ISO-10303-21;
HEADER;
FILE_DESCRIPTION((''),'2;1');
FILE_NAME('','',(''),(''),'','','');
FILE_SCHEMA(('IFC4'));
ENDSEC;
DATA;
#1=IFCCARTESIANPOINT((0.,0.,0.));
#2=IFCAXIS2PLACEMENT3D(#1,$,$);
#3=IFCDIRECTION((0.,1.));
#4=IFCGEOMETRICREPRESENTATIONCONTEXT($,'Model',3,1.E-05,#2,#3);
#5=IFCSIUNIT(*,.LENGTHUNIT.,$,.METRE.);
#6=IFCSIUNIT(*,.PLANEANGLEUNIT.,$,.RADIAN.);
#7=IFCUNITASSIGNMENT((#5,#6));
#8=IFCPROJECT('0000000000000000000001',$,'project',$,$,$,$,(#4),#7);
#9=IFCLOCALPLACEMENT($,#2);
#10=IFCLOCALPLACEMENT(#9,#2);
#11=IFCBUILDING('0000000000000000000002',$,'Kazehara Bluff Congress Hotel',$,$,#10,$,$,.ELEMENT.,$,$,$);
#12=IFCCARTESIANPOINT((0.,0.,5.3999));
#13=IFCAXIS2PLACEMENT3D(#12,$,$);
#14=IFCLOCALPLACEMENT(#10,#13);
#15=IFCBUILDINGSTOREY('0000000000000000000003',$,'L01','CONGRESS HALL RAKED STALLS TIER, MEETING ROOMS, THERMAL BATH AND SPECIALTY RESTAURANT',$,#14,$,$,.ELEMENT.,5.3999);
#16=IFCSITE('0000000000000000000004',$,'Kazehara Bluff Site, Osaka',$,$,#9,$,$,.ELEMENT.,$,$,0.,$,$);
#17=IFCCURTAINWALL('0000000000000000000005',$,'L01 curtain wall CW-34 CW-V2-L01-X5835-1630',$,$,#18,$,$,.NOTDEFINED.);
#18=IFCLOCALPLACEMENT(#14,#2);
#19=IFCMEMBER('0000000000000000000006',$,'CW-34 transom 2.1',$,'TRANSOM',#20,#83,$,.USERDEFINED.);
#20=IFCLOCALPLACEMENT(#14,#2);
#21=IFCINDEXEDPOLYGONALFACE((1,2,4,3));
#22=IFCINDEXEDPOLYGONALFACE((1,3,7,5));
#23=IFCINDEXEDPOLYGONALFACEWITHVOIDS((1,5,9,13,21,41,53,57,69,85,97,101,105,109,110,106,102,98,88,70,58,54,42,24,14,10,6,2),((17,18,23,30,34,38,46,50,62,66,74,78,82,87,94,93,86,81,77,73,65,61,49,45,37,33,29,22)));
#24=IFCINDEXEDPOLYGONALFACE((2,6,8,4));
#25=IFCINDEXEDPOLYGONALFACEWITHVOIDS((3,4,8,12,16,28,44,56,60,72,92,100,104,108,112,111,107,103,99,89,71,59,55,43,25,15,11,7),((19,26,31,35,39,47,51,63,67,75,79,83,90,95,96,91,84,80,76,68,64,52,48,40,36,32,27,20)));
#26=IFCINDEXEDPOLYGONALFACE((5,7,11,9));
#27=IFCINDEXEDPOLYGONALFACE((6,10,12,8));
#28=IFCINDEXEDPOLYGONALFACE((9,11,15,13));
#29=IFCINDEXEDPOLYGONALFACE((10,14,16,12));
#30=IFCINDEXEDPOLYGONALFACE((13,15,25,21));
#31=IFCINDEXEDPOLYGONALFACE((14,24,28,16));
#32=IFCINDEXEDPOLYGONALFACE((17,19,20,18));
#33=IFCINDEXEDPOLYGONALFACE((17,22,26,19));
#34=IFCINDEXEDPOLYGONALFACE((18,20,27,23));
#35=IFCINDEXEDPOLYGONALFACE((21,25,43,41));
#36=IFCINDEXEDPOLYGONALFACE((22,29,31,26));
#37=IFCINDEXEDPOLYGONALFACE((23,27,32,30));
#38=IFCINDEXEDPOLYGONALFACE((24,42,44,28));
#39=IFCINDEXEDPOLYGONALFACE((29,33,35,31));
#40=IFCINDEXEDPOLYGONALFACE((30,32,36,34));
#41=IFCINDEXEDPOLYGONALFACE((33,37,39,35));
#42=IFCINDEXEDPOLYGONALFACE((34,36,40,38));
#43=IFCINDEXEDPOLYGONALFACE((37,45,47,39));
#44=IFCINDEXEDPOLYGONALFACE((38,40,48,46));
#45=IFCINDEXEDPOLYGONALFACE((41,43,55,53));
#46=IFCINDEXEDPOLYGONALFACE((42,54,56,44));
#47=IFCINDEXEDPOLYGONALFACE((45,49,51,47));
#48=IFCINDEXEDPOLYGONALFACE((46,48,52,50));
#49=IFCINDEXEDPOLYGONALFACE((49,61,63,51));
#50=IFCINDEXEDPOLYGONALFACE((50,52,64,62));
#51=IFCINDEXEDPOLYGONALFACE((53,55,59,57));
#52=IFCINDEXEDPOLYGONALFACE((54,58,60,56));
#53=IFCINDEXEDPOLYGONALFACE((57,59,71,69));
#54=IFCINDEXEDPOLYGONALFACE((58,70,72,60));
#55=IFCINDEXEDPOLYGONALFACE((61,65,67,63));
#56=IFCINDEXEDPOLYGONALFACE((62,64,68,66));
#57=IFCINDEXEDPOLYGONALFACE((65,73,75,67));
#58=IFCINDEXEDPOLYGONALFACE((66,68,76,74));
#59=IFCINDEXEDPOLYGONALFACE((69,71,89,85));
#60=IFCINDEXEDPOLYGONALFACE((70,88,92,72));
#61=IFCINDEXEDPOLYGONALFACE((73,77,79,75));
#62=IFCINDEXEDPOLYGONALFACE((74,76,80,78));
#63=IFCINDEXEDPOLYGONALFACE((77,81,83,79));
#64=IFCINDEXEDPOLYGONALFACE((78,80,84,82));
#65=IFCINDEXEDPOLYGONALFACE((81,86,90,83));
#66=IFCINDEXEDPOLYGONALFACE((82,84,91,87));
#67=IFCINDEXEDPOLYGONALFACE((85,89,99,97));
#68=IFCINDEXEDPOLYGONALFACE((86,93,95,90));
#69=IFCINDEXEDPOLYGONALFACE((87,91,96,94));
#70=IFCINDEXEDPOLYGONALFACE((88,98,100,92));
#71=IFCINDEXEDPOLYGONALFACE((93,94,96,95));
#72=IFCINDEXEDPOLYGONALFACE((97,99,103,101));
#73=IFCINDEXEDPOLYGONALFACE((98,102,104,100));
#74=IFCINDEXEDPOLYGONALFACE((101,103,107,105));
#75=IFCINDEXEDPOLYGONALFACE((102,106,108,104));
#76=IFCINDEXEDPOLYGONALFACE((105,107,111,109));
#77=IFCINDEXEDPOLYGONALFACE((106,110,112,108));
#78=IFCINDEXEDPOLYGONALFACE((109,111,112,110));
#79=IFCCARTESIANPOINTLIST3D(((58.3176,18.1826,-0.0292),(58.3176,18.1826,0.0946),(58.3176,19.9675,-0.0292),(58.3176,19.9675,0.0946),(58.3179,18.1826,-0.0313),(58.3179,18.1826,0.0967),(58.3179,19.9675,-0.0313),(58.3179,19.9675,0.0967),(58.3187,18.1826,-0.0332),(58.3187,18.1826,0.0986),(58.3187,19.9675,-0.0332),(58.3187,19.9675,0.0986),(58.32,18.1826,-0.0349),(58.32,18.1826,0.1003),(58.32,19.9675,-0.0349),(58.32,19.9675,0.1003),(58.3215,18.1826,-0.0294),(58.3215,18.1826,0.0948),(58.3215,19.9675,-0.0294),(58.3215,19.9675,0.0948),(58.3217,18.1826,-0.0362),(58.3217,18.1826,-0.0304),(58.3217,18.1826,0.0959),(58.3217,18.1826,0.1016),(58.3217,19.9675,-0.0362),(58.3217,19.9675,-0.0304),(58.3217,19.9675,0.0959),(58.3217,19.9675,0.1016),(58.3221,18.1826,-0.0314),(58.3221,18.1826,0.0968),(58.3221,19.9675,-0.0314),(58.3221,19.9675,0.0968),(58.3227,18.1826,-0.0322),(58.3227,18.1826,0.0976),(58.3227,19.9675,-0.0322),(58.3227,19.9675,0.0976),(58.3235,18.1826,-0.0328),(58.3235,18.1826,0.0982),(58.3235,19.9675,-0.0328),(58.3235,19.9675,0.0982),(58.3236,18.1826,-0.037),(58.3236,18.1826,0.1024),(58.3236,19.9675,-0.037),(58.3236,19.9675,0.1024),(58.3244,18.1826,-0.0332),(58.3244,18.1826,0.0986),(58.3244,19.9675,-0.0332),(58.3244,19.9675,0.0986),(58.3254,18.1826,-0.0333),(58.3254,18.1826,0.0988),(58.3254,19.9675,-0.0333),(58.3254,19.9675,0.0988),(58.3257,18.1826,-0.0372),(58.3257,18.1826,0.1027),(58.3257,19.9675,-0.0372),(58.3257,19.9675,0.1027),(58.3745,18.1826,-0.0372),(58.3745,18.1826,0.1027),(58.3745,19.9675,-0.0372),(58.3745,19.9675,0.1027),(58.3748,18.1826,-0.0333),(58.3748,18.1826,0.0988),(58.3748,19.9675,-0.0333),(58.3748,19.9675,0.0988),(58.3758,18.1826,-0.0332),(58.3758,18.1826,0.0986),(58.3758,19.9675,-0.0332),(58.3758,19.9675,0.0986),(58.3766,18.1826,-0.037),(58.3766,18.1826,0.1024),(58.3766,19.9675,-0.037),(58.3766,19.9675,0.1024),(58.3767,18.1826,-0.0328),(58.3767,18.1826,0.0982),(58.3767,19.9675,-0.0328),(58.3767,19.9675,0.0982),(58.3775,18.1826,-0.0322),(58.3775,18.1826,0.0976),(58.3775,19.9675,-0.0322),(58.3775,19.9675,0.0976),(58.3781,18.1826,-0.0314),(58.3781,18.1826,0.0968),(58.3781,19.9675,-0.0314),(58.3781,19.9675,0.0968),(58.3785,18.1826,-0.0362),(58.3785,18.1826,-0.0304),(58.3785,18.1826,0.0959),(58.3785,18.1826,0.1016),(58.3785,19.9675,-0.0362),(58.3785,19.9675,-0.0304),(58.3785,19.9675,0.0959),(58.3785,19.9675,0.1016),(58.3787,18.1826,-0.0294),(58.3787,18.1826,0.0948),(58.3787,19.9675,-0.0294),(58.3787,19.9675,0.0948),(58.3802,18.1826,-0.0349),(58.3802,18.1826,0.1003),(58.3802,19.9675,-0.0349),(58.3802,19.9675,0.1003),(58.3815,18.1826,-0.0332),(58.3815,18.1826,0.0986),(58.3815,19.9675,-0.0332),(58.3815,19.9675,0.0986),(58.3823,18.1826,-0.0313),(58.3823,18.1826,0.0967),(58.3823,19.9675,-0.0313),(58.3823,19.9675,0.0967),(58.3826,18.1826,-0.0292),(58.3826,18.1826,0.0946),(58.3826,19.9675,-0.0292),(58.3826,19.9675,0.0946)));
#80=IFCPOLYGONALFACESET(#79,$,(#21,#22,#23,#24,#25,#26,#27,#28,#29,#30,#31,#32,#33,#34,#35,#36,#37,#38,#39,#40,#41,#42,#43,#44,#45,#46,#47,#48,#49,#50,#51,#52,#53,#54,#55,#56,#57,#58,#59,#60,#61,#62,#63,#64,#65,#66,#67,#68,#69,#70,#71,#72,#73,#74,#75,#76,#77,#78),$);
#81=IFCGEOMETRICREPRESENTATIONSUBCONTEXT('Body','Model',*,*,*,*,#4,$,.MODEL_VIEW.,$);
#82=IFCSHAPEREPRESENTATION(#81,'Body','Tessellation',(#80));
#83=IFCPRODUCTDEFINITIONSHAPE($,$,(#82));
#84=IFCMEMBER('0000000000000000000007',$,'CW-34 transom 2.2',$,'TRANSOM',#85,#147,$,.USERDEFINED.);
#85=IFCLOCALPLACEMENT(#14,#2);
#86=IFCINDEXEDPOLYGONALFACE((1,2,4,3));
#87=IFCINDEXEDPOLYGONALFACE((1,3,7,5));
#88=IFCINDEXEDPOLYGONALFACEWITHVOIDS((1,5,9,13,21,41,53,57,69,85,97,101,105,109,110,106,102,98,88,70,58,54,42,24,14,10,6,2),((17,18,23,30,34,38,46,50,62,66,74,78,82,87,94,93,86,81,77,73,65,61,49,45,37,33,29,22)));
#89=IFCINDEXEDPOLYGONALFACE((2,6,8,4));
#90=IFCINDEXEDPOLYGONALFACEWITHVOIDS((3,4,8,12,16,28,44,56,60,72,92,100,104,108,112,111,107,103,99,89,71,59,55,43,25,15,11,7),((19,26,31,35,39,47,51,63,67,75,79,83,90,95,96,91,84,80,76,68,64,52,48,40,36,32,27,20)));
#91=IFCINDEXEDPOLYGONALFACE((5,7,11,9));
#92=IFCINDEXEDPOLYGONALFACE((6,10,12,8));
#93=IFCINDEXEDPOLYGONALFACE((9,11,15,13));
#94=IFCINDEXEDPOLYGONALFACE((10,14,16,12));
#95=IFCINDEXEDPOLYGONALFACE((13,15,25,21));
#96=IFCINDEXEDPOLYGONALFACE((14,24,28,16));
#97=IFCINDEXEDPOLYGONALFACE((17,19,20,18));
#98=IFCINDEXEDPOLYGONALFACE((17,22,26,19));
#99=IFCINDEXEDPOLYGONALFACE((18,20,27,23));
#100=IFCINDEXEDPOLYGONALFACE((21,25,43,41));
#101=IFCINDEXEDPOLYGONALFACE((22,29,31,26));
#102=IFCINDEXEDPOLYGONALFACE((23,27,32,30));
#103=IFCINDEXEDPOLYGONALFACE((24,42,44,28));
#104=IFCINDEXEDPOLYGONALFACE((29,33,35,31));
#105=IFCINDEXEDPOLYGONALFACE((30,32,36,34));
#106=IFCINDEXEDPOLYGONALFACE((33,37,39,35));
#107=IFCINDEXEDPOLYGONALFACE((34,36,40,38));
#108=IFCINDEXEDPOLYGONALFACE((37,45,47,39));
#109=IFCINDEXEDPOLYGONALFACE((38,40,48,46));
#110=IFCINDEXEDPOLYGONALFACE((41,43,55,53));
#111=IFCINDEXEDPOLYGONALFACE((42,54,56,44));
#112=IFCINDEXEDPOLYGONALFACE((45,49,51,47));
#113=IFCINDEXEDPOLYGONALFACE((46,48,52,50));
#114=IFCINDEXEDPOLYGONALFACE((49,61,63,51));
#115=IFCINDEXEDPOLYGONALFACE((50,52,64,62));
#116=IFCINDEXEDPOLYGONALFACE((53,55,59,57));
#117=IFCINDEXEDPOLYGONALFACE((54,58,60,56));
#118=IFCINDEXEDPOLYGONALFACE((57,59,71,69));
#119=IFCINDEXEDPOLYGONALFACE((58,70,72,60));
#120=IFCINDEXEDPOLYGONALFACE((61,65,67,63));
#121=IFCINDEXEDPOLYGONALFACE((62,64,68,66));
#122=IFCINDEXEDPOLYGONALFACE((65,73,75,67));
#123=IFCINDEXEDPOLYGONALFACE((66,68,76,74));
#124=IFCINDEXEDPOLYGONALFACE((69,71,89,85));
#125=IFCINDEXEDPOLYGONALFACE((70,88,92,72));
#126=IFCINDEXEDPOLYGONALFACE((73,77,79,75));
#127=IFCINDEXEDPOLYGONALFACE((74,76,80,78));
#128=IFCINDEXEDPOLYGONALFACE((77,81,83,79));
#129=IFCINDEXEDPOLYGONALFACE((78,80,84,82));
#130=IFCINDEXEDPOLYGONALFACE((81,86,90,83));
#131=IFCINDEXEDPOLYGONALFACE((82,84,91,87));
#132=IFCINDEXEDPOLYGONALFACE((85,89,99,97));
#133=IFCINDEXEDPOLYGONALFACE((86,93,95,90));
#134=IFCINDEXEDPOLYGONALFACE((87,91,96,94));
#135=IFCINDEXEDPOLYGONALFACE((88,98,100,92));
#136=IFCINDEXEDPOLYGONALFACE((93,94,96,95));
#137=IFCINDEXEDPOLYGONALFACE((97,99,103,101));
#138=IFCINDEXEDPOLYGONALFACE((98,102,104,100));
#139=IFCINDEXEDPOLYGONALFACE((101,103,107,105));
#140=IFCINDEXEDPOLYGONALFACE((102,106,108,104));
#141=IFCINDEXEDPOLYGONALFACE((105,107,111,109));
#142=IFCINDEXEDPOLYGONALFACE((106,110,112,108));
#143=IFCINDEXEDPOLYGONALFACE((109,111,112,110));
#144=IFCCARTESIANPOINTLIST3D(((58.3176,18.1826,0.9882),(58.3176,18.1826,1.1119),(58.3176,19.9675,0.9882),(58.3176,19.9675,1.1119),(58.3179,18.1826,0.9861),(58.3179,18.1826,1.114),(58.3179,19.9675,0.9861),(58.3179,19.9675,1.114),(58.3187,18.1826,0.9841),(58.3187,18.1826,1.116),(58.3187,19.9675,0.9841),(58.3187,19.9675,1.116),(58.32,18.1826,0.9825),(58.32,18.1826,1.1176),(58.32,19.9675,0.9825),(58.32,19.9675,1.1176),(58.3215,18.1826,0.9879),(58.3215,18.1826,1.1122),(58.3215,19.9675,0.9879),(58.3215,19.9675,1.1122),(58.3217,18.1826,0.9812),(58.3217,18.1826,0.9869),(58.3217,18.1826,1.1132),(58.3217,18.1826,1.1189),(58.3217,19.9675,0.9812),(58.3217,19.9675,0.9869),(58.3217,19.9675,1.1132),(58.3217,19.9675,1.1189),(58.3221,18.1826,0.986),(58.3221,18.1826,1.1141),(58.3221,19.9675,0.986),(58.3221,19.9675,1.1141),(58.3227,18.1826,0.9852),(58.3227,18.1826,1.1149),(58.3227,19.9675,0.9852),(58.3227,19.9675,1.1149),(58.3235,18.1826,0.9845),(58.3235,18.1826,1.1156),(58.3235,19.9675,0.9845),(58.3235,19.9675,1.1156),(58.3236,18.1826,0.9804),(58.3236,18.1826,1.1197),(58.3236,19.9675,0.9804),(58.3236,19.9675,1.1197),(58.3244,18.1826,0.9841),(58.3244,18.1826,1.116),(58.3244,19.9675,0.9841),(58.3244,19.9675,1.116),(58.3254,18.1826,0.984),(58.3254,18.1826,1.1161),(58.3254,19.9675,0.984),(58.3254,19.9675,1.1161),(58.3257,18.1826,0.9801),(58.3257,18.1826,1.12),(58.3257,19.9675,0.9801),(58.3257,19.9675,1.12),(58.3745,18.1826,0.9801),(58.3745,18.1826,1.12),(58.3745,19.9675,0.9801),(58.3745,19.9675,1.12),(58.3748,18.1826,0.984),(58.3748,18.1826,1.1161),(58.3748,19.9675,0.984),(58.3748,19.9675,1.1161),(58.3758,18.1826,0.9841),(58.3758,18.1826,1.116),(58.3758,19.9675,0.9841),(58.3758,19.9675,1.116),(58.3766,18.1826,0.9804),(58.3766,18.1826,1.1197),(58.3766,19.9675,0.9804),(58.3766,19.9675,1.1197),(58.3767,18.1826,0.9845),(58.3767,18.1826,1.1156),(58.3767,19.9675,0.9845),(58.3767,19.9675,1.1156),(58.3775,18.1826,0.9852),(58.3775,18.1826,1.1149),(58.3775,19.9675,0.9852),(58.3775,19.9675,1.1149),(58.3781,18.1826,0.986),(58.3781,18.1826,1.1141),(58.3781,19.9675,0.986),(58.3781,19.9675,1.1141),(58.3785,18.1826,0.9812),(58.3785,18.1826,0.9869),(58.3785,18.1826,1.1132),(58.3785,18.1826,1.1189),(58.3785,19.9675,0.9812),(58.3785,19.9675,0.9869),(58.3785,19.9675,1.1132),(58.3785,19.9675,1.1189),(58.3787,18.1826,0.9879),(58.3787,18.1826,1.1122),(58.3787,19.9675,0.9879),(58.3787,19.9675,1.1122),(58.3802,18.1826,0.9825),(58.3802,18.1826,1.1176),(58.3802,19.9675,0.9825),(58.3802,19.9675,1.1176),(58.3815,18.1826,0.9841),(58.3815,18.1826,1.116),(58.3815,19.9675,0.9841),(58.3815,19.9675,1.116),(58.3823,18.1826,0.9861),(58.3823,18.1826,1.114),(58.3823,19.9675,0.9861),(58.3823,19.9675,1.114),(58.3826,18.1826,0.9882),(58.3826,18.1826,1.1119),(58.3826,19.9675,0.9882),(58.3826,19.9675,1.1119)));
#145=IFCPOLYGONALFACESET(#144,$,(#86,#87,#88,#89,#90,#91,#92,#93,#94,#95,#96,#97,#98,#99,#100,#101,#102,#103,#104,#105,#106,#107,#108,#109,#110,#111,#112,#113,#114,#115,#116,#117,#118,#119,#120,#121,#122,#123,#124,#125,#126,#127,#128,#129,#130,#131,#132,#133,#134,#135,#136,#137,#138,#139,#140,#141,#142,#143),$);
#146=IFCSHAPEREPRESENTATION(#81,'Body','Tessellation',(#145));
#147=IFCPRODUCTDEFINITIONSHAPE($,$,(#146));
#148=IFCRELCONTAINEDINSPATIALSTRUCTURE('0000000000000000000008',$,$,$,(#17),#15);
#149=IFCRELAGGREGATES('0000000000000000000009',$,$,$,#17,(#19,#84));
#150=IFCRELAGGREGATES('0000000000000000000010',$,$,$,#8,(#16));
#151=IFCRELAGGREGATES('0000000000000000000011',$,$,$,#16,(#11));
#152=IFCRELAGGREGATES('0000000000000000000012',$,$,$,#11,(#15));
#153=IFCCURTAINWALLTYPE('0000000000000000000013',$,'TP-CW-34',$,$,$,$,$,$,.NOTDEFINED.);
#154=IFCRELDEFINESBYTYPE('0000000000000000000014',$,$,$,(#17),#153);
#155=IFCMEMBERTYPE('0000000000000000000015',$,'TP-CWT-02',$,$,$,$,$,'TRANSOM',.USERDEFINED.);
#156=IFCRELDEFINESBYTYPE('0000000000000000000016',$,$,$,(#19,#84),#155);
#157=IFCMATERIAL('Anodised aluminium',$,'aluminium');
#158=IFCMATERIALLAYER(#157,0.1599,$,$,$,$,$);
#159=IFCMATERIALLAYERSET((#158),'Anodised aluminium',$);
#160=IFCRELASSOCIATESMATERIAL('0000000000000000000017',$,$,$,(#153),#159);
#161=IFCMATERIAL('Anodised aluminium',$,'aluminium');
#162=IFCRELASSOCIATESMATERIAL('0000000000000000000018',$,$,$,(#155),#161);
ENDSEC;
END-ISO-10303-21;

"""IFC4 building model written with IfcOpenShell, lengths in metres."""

from ifc_helpers import new_model, si_unit, direction, frame, origin, origin_2d, place, context, subcontext, project, spatial, hollow_rectangle, extrude, material, layer, layer_set, material_profile, profile_set, type_object, element, aggregate, save


model = new_model("IFC4")

# Units and contexts
model_context = context("Model", 3, precision=1e-05, world=origin(), true_north=direction((0.0, 1.0)))
body_context = subcontext(model_context, "Body", "Model", "MODEL_VIEW")
ifc_project = project(units=[si_unit("LENGTHUNIT", "METRE"), si_unit("PLANEANGLEUNIT", "RADIAN")], contexts=[model_context])

# Site, building, storey
site_placement = place(None, origin())
site = spatial("IfcSite", under=ifc_project, at=site_placement, Name="Kazehara Bluff Site, Osaka", CompositionType="ELEMENT", RefElevation=0.0)
building_placement = place(site_placement, origin())
building = spatial("IfcBuilding", under=site, at=building_placement, Name="Kazehara Bluff Congress Hotel", CompositionType="ELEMENT")
storey_placement = place(building_placement, frame((0.0, 0.0, 5.3999)))
storey = spatial("IfcBuildingStorey", under=building, at=storey_placement, Name="L01", Description="CONGRESS HALL RAKED STALLS TIER, MEETING ROOMS, THERMAL BATH AND SPECIALTY RESTAURANT", CompositionType="ELEMENT", Elevation=5.3999)

# Curtain wall
ifc_material_1 = material(Name="Anodised aluminium", Category="aluminium")
ifc_layer_1 = layer(ifc_material_1, 0.1599)
ifc_layer_set_1 = layer_set([ifc_layer_1], Name="Anodised aluminium")
curtain_wall_type = type_object("IfcCurtainWallType", Name="TP-CW-34", PredefinedType="NOTDEFINED", material=ifc_layer_set_1)
curtain_wall_1_placement = place(storey_placement, origin())
curtain_wall_1 = element("IfcCurtainWall", 1, at=curtain_wall_1_placement, inside=storey, type_object=curtain_wall_type, Name="L01 curtain wall CW-34 CW-V2-L01-X5835-1630", PredefinedType="NOTDEFINED")

# Members
ifc_material_2 = material(Name="Anodised aluminium", Category="aluminium")
ifc_material_profile_1 = material_profile(ifc_material_2, hollow_rectangle(XDim=0.0649, YDim=0.1399, WallThickness=0.0039, InnerFilletRadius=0.0039, OuterFilletRadius=0.0081, at=origin_2d()))
ifc_profile_set_1 = profile_set([ifc_material_profile_1], Name="Anodised aluminium")
member_type_1 = type_object("IfcMemberType", Name="TP-CWT-02", ElementType="TRANSOM", PredefinedType="USERDEFINED", material=ifc_profile_set_1)
member_1_placement = place(storey_placement, frame((58.3501, 18.1826, 0.0327), z_axis=(0.0, 1.0, 0.0), x_axis=(-1.0, 0.0, 0.0)))
member_1 = element("IfcMember", 2, at=member_1_placement, type_object=member_type_1, Name="CW-34 transom 2.1", ObjectType="TRANSOM", PredefinedType="USERDEFINED", context=body_context, shape_type="SweptSolid", body=[
    extrude(hollow_rectangle(XDim=0.0649, YDim=0.1399, WallThickness=0.0039, InnerFilletRadius=0.0039, OuterFilletRadius=0.0081, at=origin_2d()), origin(), (0.0, 0.0, 1.0), 1.7849),
])
member_2_placement = place(storey_placement, frame((58.3501, 18.1826, 1.05), z_axis=(0.0, 1.0, 0.0), x_axis=(-1.0, 0.0, 0.0)))
member_2 = element("IfcMember", 3, at=member_2_placement, type_object=member_type_1, Name="CW-34 transom 2.2", ObjectType="TRANSOM", PredefinedType="USERDEFINED", context=body_context, shape_type="SweptSolid", body=[
    extrude(hollow_rectangle(XDim=0.0649, YDim=0.1399, WallThickness=0.0039, InnerFilletRadius=0.0039, OuterFilletRadius=0.0081, at=origin_2d()), origin(), (0.0, 0.0, 1.0), 1.7849),
])

aggregate(curtain_wall_1, [member_1, member_2])

save(model, "model.ifc")
